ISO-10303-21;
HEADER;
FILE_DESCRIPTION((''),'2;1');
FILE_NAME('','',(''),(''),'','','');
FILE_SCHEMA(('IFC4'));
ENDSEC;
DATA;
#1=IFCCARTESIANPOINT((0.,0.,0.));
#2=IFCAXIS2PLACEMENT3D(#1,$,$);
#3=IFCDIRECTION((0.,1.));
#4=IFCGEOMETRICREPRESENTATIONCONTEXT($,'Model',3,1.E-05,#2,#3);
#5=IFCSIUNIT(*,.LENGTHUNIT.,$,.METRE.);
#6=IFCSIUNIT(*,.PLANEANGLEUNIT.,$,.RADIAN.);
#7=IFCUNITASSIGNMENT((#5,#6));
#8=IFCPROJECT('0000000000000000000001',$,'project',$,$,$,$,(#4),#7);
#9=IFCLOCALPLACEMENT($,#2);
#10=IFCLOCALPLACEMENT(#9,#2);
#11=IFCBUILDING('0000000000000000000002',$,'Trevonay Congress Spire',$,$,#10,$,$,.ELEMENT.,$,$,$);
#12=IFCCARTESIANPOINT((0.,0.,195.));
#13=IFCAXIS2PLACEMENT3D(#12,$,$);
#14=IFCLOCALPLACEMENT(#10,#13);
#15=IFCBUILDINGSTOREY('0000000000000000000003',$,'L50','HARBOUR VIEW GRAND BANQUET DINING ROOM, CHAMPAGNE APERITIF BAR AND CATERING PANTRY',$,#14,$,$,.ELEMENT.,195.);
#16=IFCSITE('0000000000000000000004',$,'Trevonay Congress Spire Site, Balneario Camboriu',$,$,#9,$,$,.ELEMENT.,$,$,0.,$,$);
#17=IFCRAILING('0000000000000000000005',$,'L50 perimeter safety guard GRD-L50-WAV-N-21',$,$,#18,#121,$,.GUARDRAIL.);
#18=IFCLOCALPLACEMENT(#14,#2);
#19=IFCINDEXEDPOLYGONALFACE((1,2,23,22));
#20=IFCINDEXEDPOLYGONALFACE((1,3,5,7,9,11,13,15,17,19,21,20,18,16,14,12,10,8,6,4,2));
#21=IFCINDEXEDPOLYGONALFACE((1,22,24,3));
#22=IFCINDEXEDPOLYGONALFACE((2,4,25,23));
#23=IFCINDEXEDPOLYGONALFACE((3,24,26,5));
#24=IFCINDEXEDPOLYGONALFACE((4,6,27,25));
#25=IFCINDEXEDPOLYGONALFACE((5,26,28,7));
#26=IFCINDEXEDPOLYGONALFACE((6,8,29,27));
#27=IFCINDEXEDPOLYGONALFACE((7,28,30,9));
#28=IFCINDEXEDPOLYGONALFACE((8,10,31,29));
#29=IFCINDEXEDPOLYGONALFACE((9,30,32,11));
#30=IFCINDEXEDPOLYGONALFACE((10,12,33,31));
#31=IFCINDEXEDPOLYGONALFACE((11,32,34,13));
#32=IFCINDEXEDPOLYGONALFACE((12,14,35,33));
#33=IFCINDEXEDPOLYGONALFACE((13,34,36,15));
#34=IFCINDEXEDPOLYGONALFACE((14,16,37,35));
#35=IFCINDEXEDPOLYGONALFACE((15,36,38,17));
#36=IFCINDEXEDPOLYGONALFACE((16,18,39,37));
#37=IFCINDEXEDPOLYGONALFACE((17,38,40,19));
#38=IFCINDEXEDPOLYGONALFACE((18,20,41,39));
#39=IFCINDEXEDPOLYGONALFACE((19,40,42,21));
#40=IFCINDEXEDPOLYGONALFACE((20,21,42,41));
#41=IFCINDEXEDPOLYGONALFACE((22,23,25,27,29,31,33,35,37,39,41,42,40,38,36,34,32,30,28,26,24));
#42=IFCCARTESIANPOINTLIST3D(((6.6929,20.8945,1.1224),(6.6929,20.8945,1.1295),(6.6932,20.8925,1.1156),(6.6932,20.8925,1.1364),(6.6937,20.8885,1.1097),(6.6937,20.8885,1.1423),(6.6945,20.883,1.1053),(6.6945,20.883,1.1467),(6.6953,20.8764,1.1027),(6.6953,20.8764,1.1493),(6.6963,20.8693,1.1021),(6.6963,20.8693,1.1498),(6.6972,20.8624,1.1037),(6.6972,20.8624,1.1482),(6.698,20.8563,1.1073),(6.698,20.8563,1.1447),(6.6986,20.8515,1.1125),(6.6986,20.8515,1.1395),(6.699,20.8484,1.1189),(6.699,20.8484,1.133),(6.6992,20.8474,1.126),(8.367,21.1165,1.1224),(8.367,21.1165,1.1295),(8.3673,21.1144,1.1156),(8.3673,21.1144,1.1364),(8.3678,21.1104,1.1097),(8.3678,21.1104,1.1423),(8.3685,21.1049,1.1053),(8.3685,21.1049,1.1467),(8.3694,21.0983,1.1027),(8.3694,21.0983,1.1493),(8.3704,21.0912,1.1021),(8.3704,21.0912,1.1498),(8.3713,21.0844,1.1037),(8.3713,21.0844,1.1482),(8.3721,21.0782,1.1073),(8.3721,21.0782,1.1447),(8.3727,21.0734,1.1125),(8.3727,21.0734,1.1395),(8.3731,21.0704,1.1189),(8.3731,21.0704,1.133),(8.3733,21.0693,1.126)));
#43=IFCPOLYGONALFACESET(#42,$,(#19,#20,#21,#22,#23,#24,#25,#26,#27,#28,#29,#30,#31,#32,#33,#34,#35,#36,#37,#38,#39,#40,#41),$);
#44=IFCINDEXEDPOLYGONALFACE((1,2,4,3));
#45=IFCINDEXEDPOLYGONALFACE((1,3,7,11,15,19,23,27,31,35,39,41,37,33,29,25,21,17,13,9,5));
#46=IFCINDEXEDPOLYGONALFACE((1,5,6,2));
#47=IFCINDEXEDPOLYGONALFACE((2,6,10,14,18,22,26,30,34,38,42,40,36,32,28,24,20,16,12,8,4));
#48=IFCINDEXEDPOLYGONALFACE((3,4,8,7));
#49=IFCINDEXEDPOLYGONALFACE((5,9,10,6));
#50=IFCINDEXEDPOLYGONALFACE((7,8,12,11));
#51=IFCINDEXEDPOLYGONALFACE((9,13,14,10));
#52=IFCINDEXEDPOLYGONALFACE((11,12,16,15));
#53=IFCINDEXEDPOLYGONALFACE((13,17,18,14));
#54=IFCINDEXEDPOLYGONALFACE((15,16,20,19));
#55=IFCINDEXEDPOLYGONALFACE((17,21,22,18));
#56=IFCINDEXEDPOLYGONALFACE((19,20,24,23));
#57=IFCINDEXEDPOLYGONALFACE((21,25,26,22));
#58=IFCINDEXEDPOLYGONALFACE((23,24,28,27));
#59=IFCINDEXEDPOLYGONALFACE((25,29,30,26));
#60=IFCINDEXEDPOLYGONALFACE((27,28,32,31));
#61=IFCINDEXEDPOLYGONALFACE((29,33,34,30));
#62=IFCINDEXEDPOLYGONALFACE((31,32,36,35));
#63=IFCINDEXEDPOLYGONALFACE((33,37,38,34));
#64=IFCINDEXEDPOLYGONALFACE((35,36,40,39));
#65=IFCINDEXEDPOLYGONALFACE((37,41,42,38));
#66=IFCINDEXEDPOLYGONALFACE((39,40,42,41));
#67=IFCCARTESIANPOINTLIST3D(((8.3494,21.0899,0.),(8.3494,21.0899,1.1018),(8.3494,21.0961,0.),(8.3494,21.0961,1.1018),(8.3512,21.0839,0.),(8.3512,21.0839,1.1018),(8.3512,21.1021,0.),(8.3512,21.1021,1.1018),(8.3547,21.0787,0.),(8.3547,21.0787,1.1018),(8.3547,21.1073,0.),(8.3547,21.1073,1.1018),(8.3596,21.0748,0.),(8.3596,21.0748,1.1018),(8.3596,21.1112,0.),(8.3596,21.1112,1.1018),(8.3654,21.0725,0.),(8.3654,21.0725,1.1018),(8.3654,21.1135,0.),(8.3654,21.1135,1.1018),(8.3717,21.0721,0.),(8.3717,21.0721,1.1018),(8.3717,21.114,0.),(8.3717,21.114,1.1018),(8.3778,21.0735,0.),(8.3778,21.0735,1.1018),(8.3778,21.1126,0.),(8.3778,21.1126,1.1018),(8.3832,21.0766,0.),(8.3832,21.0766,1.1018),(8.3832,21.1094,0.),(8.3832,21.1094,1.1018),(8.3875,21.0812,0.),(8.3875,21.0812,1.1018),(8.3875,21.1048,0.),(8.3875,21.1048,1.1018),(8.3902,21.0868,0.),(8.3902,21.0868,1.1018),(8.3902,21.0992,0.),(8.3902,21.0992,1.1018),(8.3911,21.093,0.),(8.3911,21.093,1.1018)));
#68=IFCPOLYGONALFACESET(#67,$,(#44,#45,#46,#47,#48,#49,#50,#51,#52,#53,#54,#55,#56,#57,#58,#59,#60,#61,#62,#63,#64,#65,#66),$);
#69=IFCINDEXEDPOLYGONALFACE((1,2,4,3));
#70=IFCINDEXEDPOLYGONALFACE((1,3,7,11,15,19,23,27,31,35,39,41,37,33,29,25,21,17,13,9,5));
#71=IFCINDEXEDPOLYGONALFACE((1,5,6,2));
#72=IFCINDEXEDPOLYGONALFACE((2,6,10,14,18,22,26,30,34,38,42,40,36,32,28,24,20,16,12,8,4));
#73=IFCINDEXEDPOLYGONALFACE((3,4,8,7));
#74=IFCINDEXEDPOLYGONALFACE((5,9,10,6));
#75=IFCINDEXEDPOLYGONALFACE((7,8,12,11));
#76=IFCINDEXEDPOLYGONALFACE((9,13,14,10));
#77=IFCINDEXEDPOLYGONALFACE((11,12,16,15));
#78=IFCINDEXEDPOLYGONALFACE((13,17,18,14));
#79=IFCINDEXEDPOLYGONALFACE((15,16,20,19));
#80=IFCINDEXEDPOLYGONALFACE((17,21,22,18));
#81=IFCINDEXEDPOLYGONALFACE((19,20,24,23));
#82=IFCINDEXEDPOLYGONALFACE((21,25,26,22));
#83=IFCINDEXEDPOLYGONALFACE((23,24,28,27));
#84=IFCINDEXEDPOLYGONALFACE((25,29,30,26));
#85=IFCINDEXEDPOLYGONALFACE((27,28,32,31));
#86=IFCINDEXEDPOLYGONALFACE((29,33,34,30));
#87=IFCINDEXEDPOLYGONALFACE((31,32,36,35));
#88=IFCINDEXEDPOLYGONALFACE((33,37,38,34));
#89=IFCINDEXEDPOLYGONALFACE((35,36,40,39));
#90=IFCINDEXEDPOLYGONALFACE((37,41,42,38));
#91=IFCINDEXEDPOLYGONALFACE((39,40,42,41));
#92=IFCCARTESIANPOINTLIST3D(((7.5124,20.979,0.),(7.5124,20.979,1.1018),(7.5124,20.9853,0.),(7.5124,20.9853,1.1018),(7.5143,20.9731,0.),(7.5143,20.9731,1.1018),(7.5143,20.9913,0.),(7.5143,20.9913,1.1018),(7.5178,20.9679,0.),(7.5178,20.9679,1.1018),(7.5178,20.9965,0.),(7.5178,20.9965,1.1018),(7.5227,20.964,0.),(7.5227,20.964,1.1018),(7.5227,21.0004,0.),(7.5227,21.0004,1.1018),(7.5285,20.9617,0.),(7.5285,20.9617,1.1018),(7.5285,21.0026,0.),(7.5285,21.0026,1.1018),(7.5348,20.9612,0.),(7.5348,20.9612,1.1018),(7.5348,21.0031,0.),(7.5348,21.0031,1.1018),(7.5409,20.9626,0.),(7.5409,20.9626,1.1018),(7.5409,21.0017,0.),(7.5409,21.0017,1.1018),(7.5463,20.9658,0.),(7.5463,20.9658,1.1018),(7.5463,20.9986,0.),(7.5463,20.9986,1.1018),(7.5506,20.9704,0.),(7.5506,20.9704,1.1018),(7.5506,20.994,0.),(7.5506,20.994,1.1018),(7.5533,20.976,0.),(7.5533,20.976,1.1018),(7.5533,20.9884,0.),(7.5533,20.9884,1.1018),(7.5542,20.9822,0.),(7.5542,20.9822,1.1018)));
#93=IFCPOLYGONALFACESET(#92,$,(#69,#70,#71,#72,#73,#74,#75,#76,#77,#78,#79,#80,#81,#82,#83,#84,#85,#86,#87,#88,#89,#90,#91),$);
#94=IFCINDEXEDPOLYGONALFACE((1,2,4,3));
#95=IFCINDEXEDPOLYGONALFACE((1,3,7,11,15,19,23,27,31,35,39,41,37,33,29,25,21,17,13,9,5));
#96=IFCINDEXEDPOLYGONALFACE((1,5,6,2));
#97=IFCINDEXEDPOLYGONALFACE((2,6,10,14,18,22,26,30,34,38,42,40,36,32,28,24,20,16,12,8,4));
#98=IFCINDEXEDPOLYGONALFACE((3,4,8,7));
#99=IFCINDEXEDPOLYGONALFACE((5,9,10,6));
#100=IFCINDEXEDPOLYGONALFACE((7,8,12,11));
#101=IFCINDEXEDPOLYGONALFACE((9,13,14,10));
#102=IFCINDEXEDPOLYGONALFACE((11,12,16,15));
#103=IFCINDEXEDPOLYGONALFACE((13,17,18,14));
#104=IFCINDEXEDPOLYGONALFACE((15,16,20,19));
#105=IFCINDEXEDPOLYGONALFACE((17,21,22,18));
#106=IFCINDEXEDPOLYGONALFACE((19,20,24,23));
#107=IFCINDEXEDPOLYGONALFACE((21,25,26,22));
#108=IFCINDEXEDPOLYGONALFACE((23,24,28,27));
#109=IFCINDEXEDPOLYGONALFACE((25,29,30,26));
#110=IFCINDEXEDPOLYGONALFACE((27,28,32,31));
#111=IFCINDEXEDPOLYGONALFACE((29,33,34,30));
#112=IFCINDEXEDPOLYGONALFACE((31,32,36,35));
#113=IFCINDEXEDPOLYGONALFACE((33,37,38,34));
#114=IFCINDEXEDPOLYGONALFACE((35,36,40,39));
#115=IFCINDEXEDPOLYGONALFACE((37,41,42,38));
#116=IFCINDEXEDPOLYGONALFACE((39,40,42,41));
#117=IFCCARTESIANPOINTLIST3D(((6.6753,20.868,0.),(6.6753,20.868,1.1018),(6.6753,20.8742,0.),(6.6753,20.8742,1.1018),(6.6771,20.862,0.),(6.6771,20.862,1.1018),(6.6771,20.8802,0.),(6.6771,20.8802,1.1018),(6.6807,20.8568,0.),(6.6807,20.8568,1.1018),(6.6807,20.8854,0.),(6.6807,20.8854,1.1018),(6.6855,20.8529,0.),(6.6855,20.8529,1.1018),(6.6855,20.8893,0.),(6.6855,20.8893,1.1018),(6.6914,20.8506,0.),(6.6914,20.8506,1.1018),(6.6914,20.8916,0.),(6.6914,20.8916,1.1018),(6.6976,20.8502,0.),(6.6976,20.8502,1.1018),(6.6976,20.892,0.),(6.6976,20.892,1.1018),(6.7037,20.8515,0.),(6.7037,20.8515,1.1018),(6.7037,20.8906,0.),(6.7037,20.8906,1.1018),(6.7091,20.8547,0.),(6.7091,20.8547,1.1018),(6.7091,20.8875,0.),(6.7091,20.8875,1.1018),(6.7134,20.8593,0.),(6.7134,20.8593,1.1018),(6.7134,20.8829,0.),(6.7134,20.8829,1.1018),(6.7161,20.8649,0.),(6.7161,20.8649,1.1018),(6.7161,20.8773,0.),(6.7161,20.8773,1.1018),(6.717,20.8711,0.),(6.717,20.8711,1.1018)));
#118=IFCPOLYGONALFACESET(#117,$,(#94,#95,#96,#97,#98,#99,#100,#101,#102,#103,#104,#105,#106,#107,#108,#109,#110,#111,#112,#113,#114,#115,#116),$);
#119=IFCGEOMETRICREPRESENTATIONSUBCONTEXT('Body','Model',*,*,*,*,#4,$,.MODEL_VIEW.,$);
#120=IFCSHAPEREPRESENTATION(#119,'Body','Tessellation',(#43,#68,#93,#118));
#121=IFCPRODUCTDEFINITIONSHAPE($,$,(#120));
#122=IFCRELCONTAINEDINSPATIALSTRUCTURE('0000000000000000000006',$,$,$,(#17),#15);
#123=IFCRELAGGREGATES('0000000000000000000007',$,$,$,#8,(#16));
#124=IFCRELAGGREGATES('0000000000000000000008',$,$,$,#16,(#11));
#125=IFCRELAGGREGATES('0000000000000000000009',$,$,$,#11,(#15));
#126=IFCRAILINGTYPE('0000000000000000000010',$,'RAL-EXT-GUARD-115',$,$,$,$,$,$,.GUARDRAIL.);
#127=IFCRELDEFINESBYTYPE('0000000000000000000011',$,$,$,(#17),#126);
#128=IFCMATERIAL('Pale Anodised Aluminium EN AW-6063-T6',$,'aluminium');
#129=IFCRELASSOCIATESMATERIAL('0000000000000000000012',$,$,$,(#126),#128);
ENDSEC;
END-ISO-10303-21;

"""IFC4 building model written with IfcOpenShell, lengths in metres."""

from ifc_helpers import new_model, si_unit, direction, frame, origin, origin_2d, place, context, subcontext, project, spatial, circle, extrude, material, type_object, element, save


model = new_model("IFC4")

# Units and contexts
model_context = context("Model", 3, precision=1e-05, world=origin(), true_north=direction((0.0, 1.0)))
body_context = subcontext(model_context, "Body", "Model", "MODEL_VIEW")
ifc_project = project(units=[si_unit("LENGTHUNIT", "METRE"), si_unit("PLANEANGLEUNIT", "RADIAN")], contexts=[model_context])

# Site, building, storey
site_placement = place(None, origin())
site = spatial("IfcSite", under=ifc_project, at=site_placement, Name="Trevonay Congress Spire Site, Balneario Camboriu", CompositionType="ELEMENT", RefElevation=0.0)
building_placement = place(site_placement, origin())
building = spatial("IfcBuilding", under=site, at=building_placement, Name="Trevonay Congress Spire", CompositionType="ELEMENT")
storey_placement = place(building_placement, frame((0.0, 0.0, 195.0)))
storey = spatial("IfcBuildingStorey", under=building, at=storey_placement, Name="L50", Description="HARBOUR VIEW GRAND BANQUET DINING ROOM, CHAMPAGNE APERITIF BAR AND CATERING PANTRY", CompositionType="ELEMENT", Elevation=195.0)

# Shared definitions
ifc_material_1 = material(Name="Pale Anodised Aluminium EN AW-6063-T6", Category="aluminium")

# Railing
railing_type = type_object("IfcRailingType", Name="RAL-EXT-GUARD-115", PredefinedType="GUARDRAIL", material=ifc_material_1)
railing_1_placement = place(storey_placement, frame((8.3701, 21.093, 0.0)))
element("IfcRailing", 1, at=railing_1_placement, inside=storey, type_object=railing_type, Name="L50 perimeter safety guard GRD-L50-WAV-N-21", PredefinedType="GUARDRAIL", context=body_context, shape_type="SweptSolid", body=[
    extrude(circle(Radius=0.0239, at=origin_2d()), frame((0.0, 0.0, 1.126), z_axis=(-0.991327, -0.131416, 0.0), x_axis=(0.131416, -0.991327, 0.0)), (0.0, 0.0, 1.0), 1.6887),
    extrude(circle(Radius=0.021, at=origin_2d()), origin(), (0.0, 0.0, 1.0), 1.1018),
    extrude(circle(Radius=0.021, at=origin_2d()), frame((-0.8369, -0.1108, 0.0)), (0.0, 0.0, 1.0), 1.1018),
    extrude(circle(Radius=0.021, at=origin_2d()), frame((-1.6741, -0.2219, 0.0)), (0.0, 0.0, 1.0), 1.1018),
])

save(model, "model.ifc")
